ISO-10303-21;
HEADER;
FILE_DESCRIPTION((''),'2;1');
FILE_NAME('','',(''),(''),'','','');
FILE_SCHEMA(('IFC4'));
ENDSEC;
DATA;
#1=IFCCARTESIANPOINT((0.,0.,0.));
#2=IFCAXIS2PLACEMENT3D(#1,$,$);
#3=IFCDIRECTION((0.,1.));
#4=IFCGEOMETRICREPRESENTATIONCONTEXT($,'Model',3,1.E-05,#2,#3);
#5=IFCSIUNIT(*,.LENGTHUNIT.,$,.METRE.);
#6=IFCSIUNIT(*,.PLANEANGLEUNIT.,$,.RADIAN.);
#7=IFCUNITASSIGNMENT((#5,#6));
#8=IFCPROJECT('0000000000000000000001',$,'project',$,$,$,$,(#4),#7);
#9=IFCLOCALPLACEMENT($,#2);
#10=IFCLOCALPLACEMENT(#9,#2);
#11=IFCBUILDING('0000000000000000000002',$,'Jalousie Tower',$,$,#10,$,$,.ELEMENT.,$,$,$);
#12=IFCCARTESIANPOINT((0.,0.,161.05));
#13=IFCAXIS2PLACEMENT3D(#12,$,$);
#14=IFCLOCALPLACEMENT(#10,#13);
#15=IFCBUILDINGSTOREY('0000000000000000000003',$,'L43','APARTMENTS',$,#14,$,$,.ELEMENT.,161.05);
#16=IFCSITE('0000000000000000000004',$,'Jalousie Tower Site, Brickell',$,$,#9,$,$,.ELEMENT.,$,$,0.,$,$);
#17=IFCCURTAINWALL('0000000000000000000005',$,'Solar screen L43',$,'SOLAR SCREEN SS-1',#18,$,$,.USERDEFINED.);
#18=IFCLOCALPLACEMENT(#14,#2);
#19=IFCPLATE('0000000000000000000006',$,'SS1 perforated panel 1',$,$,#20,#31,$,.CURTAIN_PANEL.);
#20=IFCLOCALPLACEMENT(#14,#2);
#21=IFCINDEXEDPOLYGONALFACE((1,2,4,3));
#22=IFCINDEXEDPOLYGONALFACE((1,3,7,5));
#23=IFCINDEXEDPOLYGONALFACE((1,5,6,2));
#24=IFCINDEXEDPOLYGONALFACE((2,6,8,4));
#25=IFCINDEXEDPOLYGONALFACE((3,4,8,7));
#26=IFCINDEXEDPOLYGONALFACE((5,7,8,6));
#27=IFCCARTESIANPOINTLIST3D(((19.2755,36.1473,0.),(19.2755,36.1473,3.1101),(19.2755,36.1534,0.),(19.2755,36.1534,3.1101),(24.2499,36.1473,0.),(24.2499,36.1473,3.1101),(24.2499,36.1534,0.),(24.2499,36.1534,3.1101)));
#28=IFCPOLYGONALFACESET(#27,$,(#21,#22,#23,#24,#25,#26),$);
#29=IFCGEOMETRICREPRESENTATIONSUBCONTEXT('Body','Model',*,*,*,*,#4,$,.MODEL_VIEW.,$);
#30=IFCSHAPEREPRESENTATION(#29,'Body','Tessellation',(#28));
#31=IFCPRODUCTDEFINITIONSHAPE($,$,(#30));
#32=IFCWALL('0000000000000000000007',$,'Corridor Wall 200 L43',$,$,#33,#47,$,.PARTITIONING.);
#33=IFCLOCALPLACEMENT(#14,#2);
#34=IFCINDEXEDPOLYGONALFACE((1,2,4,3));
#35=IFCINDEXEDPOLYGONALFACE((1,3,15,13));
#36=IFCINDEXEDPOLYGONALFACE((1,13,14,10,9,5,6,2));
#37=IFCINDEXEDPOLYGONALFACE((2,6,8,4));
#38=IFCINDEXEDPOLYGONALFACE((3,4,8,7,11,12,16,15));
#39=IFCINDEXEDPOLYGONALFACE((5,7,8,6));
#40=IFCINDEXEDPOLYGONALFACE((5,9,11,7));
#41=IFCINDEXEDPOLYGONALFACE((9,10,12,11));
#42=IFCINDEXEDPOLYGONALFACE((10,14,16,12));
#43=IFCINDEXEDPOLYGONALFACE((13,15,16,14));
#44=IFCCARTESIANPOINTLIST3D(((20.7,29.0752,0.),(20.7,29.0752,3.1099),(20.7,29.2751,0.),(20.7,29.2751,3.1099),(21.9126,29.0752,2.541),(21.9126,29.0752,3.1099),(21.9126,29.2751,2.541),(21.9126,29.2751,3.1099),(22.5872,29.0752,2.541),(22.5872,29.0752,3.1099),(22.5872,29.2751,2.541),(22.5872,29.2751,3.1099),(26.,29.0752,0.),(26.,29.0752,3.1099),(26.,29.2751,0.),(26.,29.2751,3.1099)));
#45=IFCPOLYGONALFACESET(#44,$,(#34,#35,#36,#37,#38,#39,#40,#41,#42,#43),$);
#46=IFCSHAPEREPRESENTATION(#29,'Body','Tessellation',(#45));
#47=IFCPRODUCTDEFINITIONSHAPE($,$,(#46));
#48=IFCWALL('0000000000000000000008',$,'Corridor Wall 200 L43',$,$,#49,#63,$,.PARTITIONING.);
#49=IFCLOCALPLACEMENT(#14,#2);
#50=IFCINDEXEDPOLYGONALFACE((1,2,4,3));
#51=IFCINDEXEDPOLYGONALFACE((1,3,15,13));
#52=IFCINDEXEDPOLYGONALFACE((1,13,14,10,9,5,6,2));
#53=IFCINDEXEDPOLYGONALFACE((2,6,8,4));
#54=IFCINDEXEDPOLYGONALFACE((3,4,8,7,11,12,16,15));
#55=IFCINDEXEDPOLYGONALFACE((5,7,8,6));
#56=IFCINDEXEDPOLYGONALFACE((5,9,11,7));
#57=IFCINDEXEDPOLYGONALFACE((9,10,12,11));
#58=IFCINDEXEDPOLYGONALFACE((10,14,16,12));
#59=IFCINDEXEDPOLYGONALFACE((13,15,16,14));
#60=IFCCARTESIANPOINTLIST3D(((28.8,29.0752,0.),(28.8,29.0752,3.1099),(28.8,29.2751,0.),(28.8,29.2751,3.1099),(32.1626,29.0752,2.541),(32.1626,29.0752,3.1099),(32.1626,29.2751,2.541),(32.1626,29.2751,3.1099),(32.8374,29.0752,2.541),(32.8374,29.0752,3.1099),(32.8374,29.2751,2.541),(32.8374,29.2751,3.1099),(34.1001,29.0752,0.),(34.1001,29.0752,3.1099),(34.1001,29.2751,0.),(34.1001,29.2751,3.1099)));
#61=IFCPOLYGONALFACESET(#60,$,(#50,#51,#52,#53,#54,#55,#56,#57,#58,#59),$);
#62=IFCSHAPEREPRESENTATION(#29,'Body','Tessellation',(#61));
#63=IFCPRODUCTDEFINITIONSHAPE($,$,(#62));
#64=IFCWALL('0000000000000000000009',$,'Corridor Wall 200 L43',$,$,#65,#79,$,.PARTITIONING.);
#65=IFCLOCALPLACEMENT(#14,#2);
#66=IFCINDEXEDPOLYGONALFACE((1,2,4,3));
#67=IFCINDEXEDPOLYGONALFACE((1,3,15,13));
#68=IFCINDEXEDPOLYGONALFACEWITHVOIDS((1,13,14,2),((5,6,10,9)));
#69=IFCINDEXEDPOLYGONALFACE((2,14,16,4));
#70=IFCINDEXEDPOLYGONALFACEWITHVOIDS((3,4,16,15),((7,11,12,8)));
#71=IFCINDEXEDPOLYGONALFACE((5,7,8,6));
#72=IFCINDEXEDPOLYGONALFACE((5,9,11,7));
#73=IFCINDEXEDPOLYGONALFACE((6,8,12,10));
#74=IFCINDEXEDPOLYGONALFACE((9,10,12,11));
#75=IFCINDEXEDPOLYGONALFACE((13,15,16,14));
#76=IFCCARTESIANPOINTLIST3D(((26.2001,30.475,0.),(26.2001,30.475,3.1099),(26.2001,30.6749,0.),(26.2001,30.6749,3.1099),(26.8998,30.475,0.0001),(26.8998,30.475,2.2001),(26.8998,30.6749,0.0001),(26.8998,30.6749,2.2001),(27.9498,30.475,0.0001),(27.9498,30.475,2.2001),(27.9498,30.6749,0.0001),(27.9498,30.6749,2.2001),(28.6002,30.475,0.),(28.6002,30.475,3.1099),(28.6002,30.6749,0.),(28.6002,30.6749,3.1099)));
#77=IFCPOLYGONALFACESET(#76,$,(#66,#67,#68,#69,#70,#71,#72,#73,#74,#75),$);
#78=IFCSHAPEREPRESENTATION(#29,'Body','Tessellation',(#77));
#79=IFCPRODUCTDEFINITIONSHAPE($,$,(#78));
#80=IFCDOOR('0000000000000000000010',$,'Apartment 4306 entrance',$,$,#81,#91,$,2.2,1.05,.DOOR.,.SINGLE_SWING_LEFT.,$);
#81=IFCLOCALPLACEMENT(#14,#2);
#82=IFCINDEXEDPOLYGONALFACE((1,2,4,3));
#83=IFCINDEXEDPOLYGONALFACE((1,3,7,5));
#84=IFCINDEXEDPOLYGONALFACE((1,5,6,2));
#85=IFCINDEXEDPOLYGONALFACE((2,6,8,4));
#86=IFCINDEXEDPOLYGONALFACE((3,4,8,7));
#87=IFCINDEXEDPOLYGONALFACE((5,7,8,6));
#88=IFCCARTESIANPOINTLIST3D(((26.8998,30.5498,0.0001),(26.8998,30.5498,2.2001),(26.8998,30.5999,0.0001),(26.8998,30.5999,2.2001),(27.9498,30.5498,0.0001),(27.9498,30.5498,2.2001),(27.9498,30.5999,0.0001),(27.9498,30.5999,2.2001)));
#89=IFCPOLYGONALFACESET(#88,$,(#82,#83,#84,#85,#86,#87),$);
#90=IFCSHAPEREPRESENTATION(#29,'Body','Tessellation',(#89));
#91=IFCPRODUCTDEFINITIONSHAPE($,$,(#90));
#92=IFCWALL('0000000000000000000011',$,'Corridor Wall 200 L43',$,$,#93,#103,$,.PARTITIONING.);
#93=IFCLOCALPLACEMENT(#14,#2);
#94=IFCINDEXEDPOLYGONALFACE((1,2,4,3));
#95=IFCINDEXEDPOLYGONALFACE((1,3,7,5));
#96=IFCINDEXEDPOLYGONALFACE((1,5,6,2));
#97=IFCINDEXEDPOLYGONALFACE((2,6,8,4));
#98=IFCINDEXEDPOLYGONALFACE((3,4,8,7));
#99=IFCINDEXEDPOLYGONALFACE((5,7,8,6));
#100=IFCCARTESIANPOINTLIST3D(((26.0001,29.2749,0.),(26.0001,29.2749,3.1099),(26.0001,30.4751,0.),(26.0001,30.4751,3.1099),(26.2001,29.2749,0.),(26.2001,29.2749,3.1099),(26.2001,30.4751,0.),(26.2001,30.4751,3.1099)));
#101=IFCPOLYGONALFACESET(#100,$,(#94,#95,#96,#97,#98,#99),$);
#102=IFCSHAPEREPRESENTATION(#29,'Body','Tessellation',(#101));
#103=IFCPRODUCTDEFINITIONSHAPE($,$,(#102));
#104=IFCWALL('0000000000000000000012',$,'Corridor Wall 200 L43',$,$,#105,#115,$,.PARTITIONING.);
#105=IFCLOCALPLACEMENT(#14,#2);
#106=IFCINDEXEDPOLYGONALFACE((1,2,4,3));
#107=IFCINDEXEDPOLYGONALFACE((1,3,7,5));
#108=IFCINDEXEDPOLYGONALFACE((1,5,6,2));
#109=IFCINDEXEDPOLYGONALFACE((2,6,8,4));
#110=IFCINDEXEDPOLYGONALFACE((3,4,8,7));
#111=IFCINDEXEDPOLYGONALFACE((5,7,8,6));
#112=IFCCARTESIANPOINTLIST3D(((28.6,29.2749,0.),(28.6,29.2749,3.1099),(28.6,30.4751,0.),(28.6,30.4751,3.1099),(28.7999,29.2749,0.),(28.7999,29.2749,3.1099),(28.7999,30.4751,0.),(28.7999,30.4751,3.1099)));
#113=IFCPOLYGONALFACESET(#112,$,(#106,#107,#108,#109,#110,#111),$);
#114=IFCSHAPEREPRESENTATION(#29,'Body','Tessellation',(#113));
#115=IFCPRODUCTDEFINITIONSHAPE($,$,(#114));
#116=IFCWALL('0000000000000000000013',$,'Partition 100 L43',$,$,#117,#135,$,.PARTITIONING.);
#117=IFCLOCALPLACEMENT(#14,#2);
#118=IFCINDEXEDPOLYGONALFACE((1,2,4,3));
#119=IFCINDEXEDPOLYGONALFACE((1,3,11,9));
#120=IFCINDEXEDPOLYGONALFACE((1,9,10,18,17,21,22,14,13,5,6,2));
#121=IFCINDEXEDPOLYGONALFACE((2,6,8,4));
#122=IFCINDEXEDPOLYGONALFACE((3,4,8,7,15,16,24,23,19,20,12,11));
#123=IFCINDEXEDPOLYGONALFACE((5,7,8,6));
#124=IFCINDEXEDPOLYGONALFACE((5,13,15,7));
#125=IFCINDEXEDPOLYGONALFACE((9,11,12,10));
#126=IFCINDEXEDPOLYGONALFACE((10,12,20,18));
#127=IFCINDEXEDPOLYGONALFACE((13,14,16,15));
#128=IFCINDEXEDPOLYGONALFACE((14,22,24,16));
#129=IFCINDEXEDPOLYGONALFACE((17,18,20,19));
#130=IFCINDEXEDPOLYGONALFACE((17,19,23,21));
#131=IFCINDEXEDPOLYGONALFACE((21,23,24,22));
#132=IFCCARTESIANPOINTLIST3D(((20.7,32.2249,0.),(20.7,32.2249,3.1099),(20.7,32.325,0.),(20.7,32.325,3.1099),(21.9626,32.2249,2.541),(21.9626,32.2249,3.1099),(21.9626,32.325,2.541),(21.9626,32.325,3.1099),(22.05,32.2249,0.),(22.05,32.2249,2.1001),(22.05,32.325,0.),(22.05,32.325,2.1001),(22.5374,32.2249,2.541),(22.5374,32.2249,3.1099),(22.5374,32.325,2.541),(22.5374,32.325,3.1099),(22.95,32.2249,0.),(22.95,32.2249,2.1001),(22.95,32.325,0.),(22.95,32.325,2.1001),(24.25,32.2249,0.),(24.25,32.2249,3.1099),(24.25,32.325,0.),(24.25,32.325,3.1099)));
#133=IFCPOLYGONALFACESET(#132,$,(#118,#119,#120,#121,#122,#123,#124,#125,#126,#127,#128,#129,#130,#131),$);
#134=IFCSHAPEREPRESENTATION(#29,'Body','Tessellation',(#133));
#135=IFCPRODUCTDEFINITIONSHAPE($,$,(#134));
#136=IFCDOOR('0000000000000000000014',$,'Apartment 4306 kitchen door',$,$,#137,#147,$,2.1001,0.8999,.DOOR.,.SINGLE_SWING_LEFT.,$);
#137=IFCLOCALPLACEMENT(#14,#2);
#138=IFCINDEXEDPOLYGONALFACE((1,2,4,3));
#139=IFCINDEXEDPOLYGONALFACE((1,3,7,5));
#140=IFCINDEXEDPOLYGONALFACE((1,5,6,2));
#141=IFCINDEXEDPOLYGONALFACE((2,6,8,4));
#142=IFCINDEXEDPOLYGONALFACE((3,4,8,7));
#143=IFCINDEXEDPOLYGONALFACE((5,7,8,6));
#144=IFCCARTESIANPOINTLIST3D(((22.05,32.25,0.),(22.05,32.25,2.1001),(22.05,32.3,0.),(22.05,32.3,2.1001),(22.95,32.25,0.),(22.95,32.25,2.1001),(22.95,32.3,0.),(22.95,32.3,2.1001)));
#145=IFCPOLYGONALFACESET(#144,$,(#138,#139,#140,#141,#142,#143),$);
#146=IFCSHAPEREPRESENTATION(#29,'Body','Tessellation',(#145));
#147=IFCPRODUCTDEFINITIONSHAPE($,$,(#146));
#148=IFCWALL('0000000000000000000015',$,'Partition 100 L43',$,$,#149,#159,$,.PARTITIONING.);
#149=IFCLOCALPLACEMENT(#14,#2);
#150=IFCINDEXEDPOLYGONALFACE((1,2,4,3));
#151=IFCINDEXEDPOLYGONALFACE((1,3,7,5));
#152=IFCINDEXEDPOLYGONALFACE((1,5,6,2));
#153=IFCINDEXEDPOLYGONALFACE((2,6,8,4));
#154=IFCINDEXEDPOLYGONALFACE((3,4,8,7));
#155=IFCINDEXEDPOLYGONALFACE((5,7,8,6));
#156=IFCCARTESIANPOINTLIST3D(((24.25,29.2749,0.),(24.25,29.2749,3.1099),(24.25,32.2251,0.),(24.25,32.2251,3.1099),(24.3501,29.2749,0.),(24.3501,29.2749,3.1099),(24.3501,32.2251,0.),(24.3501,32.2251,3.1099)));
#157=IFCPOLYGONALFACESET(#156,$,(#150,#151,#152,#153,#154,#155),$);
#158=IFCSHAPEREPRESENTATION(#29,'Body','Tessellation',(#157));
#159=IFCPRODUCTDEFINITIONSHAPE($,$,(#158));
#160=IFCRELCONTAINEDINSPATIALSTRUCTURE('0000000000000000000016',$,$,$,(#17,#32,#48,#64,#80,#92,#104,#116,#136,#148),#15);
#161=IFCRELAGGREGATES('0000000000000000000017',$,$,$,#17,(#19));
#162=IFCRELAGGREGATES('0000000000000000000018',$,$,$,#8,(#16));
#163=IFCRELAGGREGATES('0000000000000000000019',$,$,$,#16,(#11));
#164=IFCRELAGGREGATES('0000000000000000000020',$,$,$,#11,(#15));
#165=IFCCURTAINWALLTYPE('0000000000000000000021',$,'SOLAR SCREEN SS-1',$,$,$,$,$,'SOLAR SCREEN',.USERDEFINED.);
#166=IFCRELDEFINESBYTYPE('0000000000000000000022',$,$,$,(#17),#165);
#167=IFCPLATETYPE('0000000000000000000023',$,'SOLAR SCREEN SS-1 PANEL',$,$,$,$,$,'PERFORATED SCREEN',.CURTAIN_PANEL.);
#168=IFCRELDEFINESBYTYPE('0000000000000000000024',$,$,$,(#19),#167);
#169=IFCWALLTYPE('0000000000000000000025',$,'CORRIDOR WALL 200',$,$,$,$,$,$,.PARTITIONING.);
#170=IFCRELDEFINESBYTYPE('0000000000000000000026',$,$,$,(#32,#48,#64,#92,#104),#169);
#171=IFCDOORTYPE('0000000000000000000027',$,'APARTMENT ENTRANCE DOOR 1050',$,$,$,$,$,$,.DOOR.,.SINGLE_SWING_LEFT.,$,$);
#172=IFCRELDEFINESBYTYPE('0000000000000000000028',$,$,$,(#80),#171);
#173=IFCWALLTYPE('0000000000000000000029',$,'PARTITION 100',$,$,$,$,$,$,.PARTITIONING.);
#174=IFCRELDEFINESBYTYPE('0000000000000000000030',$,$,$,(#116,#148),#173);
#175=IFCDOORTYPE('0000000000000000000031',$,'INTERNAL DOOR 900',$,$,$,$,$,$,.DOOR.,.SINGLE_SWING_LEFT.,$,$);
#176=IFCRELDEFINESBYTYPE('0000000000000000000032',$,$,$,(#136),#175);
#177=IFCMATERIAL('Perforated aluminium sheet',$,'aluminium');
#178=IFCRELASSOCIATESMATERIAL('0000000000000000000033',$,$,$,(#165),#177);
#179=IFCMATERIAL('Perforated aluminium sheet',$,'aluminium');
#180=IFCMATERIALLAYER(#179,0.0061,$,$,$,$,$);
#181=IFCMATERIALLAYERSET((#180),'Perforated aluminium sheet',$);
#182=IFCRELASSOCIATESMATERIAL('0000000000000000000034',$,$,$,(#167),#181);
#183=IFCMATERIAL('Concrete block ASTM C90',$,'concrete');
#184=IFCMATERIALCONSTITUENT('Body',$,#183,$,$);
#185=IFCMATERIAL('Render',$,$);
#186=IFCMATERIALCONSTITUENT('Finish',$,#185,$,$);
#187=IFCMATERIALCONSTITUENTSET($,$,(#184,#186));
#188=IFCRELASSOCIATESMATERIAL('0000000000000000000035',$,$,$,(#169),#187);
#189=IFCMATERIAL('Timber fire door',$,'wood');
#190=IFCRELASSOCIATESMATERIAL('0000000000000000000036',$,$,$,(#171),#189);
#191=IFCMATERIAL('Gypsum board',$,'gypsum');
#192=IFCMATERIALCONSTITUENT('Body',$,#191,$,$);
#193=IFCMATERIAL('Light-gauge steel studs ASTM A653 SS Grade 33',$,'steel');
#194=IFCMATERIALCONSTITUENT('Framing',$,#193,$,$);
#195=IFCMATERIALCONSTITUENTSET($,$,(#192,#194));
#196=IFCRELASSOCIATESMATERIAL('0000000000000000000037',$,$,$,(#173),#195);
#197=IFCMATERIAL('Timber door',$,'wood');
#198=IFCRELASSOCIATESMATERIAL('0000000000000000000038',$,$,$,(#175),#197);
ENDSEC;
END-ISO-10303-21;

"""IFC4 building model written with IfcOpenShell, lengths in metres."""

from ifc_helpers import new_model, si_unit, direction, frame, frame_2d, origin, origin_2d, place, context, subcontext, project, spatial, polyline, rectangle, outline, extrude, material, layer, layer_set, constituent, constituent_set, type_object, element, fill, aggregate, save


model = new_model("IFC4")

# Units and contexts
model_context = context("Model", 3, precision=1e-05, world=origin(), true_north=direction((0.0, 1.0)))
body_context = subcontext(model_context, "Body", "Model", "MODEL_VIEW")
ifc_project = project(units=[si_unit("LENGTHUNIT", "METRE"), si_unit("PLANEANGLEUNIT", "RADIAN")], contexts=[model_context])

# Site, building, storey
site_placement = place(None, origin())
site = spatial("IfcSite", under=ifc_project, at=site_placement, Name="Jalousie Tower Site, Brickell", CompositionType="ELEMENT", RefElevation=0.0)
building_placement = place(site_placement, origin())
building = spatial("IfcBuilding", under=site, at=building_placement, Name="Jalousie Tower", CompositionType="ELEMENT")
storey_placement = place(building_placement, frame((0.0, 0.0, 161.05)))
storey = spatial("IfcBuildingStorey", under=building, at=storey_placement, Name="L43", Description="APARTMENTS", CompositionType="ELEMENT", Elevation=161.05)

# Shared definitions
ifc_material_1 = material(Name="Perforated aluminium sheet", Category="aluminium")
curtain_wall_type = type_object("IfcCurtainWallType", Name="SOLAR SCREEN SS-1", ElementType="SOLAR SCREEN", PredefinedType="USERDEFINED", material=ifc_material_1)

# Curtain wall, plate
curtain_wall_1_placement = place(storey_placement, origin())
curtain_wall_1 = element("IfcCurtainWall", 1, at=curtain_wall_1_placement, inside=storey, type_object=curtain_wall_type, Name="Solar screen L43", ObjectType="SOLAR SCREEN SS-1", PredefinedType="USERDEFINED")
ifc_material_2 = material(Name="Perforated aluminium sheet", Category="aluminium")
ifc_layer_1 = layer(ifc_material_2, 0.0061)
ifc_layer_set_1 = layer_set([ifc_layer_1], Name="Perforated aluminium sheet")
plate_type = type_object("IfcPlateType", Name="SOLAR SCREEN SS-1 PANEL", ElementType="PERFORATED SCREEN", PredefinedType="CURTAIN_PANEL", material=ifc_layer_set_1)
plate_placement = place(storey_placement, frame((21.7627, 36.1504, 0.0), z_axis=(0.0, 0.0, 1.0), x_axis=(-1.0, 0.0, 0.0)))
plate = element("IfcPlate", 2, at=plate_placement, type_object=plate_type, Name="SS1 perforated panel 1", PredefinedType="CURTAIN_PANEL", context=body_context, shape_type="SweptSolid", body=[
    extrude(rectangle(XDim=4.9744, YDim=0.0061, at=origin_2d()), origin(), (0.0, 0.0, 1.0), 3.1101),
])
aggregate(curtain_wall_1, [plate])

# Walls
ifc_material_3 = material(Name="Concrete block ASTM C90", Category="concrete")
ifc_constituent_1 = constituent(ifc_material_3, Name="Body")
ifc_material_4 = material(Name="Render")
ifc_constituent_2 = constituent(ifc_material_4, Name="Finish")
ifc_constituent_set_1 = constituent_set(constituents=[ifc_constituent_1, ifc_constituent_2])
wall_type_1 = type_object("IfcWallType", Name="CORRIDOR WALL 200", PredefinedType="PARTITIONING", material=ifc_constituent_set_1)
wall_1_placement = place(storey_placement, frame((20.7, 29.175, 0.0), z_axis=(0.0, 0.0, 1.0), x_axis=(1.0, 0.0, 0.0)))
element("IfcWall", 3, at=wall_1_placement, inside=storey, type_object=wall_type_1, Name="Corridor Wall 200 L43", PredefinedType="PARTITIONING", context=body_context, shape_type="SweptSolid", body=[
    extrude(outline(polyline([(0.0, 0.0), (5.3, 0.0), (5.3, 3.1099), (1.8872, 3.1099), (1.8872, 2.541), (1.2126, 2.541), (1.2126, 3.1099), (0.0, 3.1099), (0.0, 0.0)])), frame((0.0, 0.1001, 0.0), z_axis=(0.0, -1.0, 0.0), x_axis=(1.0, 0.0, 0.0)), (0.0, 0.0, 1.0), 0.2),
])
wall_2_placement = place(storey_placement, frame((28.8, 29.175, 0.0), z_axis=(0.0, 0.0, 1.0), x_axis=(1.0, 0.0, 0.0)))
element("IfcWall", 4, at=wall_2_placement, inside=storey, type_object=wall_type_1, Name="Corridor Wall 200 L43", PredefinedType="PARTITIONING", context=body_context, shape_type="SweptSolid", body=[
    extrude(outline(polyline([(0.0, 0.0), (5.3, 0.0), (5.3, 3.1099), (4.0374, 3.1099), (4.0374, 2.541), (3.3625, 2.541), (3.3625, 3.1099), (0.0, 3.1099), (0.0, 0.0)])), frame((0.0, 0.1001, 0.0), z_axis=(0.0, -1.0, 0.0), x_axis=(1.0, 0.0, 0.0)), (0.0, 0.0, 1.0), 0.2),
])

# Wall, opening, door
wall_3_placement = place(storey_placement, frame((26.2, 30.575, 0.0), z_axis=(0.0, 0.0, 1.0), x_axis=(1.0, 0.0, 0.0)))
wall_3 = element("IfcWall", 5, at=wall_3_placement, inside=storey, type_object=wall_type_1, Name="Corridor Wall 200 L43", PredefinedType="PARTITIONING", context=body_context, shape_type="SweptSolid", body=[
    extrude(rectangle(XDim=2.4001, YDim=0.2, at=frame_2d((1.2002, 0.0))), origin(), (0.0, 0.0, 1.0), 3.1099),
])
opening_1_placement = place(wall_3_placement, frame((0.7, 0.0, 0.0)))
opening_1 = element("IfcOpeningElement", 6, at=opening_1_placement, cuts=wall_3, PredefinedType="OPENING", context=body_context, shape_type="SweptSolid", body=[
    extrude(rectangle(XDim=1.05, YDim=2.2, at=frame_2d((0.5249, 1.1001))), frame((0.0, 0.1099, 0.0), z_axis=(0.0, -1.0, 0.0), x_axis=(1.0, 0.0, 0.0)), (0.0, 0.0, 1.0), 0.22),
])
ifc_material_5 = material(Name="Timber fire door", Category="wood")
door_type_1 = type_object("IfcDoorType", Name="APARTMENT ENTRANCE DOOR 1050", OperationType="SINGLE_SWING_LEFT", PredefinedType="DOOR", material=ifc_material_5)
door_1_placement = place(opening_1_placement, origin())
door_1 = element("IfcDoor", 7, at=door_1_placement, inside=storey, type_object=door_type_1, Name="Apartment 4306 entrance", OperationType="SINGLE_SWING_LEFT", OverallHeight=2.2, OverallWidth=1.05, PredefinedType="DOOR", context=body_context, shape_type="SweptSolid", body=[
    extrude(rectangle(XDim=1.05, YDim=2.2, at=frame_2d((0.5249, 1.1001))), frame((0.0, 0.0249, 0.0), z_axis=(0.0, -1.0, 0.0), x_axis=(1.0, 0.0, 0.0)), (0.0, 0.0, 1.0), 0.05),
])
fill(opening_1, door_1)

# Walls
for number, where, z_axis, x_axis, name in (
    (8, (26.1001, 29.2749, 0.0), (0.0, 0.0, 1.0), (0.0, 1.0, 0.0), "Corridor Wall 200 L43"),
    (9, (28.7, 29.2749, 0.0), (0.0, 0.0, 1.0), (0.0, 1.0, 0.0), "Corridor Wall 200 L43"),
):
    element("IfcWall", number, at=place(storey_placement, frame(where, z_axis=z_axis, x_axis=x_axis)), inside=storey, type_object=wall_type_1, Name=name, PredefinedType="PARTITIONING", context=body_context, shape_type="SweptSolid", body=[
        extrude(rectangle(XDim=1.2002, YDim=0.2, at=frame_2d((0.6001, 0.0))), origin(), (0.0, 0.0, 1.0), 3.1099),
    ])

# Wall, opening, door
ifc_material_6 = material(Name="Gypsum board", Category="gypsum")
ifc_constituent_3 = constituent(ifc_material_6, Name="Body")
ifc_material_7 = material(Name="Light-gauge steel studs ASTM A653 SS Grade 33", Category="steel")
ifc_constituent_4 = constituent(ifc_material_7, Name="Framing")
ifc_constituent_set_2 = constituent_set(constituents=[ifc_constituent_3, ifc_constituent_4])
wall_type_2 = type_object("IfcWallType", Name="PARTITION 100", PredefinedType="PARTITIONING", material=ifc_constituent_set_2)
wall_4_placement = place(storey_placement, frame((20.7, 32.2749, 0.0), z_axis=(0.0, 0.0, 1.0), x_axis=(1.0, 0.0, 0.0)))
wall_4 = element("IfcWall", 10, at=wall_4_placement, inside=storey, type_object=wall_type_2, Name="Partition 100 L43", PredefinedType="PARTITIONING", context=body_context, shape_type="SweptSolid", body=[
    extrude(outline(polyline([(0.0, 0.0), (3.55, 0.0), (3.55, 3.1099), (1.8374, 3.1099), (1.8374, 2.541), (1.2627, 2.541), (1.2627, 3.1099), (0.0, 3.1099), (0.0, 0.0)])), frame((0.0, 0.05, 0.0), z_axis=(0.0, -1.0, 0.0), x_axis=(1.0, 0.0, 0.0)), (0.0, 0.0, 1.0), 0.1001),
])
opening_2_placement = place(wall_4_placement, frame((1.3501, 0.0, 0.0)))
opening_2 = element("IfcOpeningElement", 11, at=opening_2_placement, cuts=wall_4, PredefinedType="OPENING", context=body_context, shape_type="SweptSolid", body=[
    extrude(rectangle(XDim=0.8999, YDim=2.1001, at=frame_2d((0.45, 1.05))), frame((0.0, 0.0601, 0.0), z_axis=(0.0, -1.0, 0.0), x_axis=(1.0, 0.0, 0.0)), (0.0, 0.0, 1.0), 0.1201),
])
ifc_material_8 = material(Name="Timber door", Category="wood")
door_type_2 = type_object("IfcDoorType", Name="INTERNAL DOOR 900", OperationType="SINGLE_SWING_LEFT", PredefinedType="DOOR", material=ifc_material_8)
door_2_placement = place(opening_2_placement, frame((0.8999, 0.0, 0.0), z_axis=(0.0, 0.0, 1.0), x_axis=(-1.0, 0.0, 0.0)))
door_2 = element("IfcDoor", 12, at=door_2_placement, inside=storey, type_object=door_type_2, Name="Apartment 4306 kitchen door", OperationType="SINGLE_SWING_LEFT", OverallHeight=2.1001, OverallWidth=0.8999, PredefinedType="DOOR", context=body_context, shape_type="SweptSolid", body=[
    extrude(rectangle(XDim=0.8999, YDim=2.1001, at=frame_2d((0.45, 1.05))), frame((0.0, 0.0249, 0.0), z_axis=(0.0, -1.0, 0.0), x_axis=(1.0, 0.0, 0.0)), (0.0, 0.0, 1.0), 0.05),
])
fill(opening_2, door_2)

# Wall
wall_5_placement = place(storey_placement, frame((24.3, 32.2251, 0.0), z_axis=(0.0, 0.0, 1.0), x_axis=(0.0, -1.0, 0.0)))
element("IfcWall", 13, at=wall_5_placement, inside=storey, type_object=wall_type_2, Name="Partition 100 L43", PredefinedType="PARTITIONING", context=body_context, shape_type="SweptSolid", body=[
    extrude(rectangle(XDim=2.9502, YDim=0.1001, at=frame_2d((1.4751, 0.0))), origin(), (0.0, 0.0, 1.0), 3.1099),
])

save(model, "model.ifc")
